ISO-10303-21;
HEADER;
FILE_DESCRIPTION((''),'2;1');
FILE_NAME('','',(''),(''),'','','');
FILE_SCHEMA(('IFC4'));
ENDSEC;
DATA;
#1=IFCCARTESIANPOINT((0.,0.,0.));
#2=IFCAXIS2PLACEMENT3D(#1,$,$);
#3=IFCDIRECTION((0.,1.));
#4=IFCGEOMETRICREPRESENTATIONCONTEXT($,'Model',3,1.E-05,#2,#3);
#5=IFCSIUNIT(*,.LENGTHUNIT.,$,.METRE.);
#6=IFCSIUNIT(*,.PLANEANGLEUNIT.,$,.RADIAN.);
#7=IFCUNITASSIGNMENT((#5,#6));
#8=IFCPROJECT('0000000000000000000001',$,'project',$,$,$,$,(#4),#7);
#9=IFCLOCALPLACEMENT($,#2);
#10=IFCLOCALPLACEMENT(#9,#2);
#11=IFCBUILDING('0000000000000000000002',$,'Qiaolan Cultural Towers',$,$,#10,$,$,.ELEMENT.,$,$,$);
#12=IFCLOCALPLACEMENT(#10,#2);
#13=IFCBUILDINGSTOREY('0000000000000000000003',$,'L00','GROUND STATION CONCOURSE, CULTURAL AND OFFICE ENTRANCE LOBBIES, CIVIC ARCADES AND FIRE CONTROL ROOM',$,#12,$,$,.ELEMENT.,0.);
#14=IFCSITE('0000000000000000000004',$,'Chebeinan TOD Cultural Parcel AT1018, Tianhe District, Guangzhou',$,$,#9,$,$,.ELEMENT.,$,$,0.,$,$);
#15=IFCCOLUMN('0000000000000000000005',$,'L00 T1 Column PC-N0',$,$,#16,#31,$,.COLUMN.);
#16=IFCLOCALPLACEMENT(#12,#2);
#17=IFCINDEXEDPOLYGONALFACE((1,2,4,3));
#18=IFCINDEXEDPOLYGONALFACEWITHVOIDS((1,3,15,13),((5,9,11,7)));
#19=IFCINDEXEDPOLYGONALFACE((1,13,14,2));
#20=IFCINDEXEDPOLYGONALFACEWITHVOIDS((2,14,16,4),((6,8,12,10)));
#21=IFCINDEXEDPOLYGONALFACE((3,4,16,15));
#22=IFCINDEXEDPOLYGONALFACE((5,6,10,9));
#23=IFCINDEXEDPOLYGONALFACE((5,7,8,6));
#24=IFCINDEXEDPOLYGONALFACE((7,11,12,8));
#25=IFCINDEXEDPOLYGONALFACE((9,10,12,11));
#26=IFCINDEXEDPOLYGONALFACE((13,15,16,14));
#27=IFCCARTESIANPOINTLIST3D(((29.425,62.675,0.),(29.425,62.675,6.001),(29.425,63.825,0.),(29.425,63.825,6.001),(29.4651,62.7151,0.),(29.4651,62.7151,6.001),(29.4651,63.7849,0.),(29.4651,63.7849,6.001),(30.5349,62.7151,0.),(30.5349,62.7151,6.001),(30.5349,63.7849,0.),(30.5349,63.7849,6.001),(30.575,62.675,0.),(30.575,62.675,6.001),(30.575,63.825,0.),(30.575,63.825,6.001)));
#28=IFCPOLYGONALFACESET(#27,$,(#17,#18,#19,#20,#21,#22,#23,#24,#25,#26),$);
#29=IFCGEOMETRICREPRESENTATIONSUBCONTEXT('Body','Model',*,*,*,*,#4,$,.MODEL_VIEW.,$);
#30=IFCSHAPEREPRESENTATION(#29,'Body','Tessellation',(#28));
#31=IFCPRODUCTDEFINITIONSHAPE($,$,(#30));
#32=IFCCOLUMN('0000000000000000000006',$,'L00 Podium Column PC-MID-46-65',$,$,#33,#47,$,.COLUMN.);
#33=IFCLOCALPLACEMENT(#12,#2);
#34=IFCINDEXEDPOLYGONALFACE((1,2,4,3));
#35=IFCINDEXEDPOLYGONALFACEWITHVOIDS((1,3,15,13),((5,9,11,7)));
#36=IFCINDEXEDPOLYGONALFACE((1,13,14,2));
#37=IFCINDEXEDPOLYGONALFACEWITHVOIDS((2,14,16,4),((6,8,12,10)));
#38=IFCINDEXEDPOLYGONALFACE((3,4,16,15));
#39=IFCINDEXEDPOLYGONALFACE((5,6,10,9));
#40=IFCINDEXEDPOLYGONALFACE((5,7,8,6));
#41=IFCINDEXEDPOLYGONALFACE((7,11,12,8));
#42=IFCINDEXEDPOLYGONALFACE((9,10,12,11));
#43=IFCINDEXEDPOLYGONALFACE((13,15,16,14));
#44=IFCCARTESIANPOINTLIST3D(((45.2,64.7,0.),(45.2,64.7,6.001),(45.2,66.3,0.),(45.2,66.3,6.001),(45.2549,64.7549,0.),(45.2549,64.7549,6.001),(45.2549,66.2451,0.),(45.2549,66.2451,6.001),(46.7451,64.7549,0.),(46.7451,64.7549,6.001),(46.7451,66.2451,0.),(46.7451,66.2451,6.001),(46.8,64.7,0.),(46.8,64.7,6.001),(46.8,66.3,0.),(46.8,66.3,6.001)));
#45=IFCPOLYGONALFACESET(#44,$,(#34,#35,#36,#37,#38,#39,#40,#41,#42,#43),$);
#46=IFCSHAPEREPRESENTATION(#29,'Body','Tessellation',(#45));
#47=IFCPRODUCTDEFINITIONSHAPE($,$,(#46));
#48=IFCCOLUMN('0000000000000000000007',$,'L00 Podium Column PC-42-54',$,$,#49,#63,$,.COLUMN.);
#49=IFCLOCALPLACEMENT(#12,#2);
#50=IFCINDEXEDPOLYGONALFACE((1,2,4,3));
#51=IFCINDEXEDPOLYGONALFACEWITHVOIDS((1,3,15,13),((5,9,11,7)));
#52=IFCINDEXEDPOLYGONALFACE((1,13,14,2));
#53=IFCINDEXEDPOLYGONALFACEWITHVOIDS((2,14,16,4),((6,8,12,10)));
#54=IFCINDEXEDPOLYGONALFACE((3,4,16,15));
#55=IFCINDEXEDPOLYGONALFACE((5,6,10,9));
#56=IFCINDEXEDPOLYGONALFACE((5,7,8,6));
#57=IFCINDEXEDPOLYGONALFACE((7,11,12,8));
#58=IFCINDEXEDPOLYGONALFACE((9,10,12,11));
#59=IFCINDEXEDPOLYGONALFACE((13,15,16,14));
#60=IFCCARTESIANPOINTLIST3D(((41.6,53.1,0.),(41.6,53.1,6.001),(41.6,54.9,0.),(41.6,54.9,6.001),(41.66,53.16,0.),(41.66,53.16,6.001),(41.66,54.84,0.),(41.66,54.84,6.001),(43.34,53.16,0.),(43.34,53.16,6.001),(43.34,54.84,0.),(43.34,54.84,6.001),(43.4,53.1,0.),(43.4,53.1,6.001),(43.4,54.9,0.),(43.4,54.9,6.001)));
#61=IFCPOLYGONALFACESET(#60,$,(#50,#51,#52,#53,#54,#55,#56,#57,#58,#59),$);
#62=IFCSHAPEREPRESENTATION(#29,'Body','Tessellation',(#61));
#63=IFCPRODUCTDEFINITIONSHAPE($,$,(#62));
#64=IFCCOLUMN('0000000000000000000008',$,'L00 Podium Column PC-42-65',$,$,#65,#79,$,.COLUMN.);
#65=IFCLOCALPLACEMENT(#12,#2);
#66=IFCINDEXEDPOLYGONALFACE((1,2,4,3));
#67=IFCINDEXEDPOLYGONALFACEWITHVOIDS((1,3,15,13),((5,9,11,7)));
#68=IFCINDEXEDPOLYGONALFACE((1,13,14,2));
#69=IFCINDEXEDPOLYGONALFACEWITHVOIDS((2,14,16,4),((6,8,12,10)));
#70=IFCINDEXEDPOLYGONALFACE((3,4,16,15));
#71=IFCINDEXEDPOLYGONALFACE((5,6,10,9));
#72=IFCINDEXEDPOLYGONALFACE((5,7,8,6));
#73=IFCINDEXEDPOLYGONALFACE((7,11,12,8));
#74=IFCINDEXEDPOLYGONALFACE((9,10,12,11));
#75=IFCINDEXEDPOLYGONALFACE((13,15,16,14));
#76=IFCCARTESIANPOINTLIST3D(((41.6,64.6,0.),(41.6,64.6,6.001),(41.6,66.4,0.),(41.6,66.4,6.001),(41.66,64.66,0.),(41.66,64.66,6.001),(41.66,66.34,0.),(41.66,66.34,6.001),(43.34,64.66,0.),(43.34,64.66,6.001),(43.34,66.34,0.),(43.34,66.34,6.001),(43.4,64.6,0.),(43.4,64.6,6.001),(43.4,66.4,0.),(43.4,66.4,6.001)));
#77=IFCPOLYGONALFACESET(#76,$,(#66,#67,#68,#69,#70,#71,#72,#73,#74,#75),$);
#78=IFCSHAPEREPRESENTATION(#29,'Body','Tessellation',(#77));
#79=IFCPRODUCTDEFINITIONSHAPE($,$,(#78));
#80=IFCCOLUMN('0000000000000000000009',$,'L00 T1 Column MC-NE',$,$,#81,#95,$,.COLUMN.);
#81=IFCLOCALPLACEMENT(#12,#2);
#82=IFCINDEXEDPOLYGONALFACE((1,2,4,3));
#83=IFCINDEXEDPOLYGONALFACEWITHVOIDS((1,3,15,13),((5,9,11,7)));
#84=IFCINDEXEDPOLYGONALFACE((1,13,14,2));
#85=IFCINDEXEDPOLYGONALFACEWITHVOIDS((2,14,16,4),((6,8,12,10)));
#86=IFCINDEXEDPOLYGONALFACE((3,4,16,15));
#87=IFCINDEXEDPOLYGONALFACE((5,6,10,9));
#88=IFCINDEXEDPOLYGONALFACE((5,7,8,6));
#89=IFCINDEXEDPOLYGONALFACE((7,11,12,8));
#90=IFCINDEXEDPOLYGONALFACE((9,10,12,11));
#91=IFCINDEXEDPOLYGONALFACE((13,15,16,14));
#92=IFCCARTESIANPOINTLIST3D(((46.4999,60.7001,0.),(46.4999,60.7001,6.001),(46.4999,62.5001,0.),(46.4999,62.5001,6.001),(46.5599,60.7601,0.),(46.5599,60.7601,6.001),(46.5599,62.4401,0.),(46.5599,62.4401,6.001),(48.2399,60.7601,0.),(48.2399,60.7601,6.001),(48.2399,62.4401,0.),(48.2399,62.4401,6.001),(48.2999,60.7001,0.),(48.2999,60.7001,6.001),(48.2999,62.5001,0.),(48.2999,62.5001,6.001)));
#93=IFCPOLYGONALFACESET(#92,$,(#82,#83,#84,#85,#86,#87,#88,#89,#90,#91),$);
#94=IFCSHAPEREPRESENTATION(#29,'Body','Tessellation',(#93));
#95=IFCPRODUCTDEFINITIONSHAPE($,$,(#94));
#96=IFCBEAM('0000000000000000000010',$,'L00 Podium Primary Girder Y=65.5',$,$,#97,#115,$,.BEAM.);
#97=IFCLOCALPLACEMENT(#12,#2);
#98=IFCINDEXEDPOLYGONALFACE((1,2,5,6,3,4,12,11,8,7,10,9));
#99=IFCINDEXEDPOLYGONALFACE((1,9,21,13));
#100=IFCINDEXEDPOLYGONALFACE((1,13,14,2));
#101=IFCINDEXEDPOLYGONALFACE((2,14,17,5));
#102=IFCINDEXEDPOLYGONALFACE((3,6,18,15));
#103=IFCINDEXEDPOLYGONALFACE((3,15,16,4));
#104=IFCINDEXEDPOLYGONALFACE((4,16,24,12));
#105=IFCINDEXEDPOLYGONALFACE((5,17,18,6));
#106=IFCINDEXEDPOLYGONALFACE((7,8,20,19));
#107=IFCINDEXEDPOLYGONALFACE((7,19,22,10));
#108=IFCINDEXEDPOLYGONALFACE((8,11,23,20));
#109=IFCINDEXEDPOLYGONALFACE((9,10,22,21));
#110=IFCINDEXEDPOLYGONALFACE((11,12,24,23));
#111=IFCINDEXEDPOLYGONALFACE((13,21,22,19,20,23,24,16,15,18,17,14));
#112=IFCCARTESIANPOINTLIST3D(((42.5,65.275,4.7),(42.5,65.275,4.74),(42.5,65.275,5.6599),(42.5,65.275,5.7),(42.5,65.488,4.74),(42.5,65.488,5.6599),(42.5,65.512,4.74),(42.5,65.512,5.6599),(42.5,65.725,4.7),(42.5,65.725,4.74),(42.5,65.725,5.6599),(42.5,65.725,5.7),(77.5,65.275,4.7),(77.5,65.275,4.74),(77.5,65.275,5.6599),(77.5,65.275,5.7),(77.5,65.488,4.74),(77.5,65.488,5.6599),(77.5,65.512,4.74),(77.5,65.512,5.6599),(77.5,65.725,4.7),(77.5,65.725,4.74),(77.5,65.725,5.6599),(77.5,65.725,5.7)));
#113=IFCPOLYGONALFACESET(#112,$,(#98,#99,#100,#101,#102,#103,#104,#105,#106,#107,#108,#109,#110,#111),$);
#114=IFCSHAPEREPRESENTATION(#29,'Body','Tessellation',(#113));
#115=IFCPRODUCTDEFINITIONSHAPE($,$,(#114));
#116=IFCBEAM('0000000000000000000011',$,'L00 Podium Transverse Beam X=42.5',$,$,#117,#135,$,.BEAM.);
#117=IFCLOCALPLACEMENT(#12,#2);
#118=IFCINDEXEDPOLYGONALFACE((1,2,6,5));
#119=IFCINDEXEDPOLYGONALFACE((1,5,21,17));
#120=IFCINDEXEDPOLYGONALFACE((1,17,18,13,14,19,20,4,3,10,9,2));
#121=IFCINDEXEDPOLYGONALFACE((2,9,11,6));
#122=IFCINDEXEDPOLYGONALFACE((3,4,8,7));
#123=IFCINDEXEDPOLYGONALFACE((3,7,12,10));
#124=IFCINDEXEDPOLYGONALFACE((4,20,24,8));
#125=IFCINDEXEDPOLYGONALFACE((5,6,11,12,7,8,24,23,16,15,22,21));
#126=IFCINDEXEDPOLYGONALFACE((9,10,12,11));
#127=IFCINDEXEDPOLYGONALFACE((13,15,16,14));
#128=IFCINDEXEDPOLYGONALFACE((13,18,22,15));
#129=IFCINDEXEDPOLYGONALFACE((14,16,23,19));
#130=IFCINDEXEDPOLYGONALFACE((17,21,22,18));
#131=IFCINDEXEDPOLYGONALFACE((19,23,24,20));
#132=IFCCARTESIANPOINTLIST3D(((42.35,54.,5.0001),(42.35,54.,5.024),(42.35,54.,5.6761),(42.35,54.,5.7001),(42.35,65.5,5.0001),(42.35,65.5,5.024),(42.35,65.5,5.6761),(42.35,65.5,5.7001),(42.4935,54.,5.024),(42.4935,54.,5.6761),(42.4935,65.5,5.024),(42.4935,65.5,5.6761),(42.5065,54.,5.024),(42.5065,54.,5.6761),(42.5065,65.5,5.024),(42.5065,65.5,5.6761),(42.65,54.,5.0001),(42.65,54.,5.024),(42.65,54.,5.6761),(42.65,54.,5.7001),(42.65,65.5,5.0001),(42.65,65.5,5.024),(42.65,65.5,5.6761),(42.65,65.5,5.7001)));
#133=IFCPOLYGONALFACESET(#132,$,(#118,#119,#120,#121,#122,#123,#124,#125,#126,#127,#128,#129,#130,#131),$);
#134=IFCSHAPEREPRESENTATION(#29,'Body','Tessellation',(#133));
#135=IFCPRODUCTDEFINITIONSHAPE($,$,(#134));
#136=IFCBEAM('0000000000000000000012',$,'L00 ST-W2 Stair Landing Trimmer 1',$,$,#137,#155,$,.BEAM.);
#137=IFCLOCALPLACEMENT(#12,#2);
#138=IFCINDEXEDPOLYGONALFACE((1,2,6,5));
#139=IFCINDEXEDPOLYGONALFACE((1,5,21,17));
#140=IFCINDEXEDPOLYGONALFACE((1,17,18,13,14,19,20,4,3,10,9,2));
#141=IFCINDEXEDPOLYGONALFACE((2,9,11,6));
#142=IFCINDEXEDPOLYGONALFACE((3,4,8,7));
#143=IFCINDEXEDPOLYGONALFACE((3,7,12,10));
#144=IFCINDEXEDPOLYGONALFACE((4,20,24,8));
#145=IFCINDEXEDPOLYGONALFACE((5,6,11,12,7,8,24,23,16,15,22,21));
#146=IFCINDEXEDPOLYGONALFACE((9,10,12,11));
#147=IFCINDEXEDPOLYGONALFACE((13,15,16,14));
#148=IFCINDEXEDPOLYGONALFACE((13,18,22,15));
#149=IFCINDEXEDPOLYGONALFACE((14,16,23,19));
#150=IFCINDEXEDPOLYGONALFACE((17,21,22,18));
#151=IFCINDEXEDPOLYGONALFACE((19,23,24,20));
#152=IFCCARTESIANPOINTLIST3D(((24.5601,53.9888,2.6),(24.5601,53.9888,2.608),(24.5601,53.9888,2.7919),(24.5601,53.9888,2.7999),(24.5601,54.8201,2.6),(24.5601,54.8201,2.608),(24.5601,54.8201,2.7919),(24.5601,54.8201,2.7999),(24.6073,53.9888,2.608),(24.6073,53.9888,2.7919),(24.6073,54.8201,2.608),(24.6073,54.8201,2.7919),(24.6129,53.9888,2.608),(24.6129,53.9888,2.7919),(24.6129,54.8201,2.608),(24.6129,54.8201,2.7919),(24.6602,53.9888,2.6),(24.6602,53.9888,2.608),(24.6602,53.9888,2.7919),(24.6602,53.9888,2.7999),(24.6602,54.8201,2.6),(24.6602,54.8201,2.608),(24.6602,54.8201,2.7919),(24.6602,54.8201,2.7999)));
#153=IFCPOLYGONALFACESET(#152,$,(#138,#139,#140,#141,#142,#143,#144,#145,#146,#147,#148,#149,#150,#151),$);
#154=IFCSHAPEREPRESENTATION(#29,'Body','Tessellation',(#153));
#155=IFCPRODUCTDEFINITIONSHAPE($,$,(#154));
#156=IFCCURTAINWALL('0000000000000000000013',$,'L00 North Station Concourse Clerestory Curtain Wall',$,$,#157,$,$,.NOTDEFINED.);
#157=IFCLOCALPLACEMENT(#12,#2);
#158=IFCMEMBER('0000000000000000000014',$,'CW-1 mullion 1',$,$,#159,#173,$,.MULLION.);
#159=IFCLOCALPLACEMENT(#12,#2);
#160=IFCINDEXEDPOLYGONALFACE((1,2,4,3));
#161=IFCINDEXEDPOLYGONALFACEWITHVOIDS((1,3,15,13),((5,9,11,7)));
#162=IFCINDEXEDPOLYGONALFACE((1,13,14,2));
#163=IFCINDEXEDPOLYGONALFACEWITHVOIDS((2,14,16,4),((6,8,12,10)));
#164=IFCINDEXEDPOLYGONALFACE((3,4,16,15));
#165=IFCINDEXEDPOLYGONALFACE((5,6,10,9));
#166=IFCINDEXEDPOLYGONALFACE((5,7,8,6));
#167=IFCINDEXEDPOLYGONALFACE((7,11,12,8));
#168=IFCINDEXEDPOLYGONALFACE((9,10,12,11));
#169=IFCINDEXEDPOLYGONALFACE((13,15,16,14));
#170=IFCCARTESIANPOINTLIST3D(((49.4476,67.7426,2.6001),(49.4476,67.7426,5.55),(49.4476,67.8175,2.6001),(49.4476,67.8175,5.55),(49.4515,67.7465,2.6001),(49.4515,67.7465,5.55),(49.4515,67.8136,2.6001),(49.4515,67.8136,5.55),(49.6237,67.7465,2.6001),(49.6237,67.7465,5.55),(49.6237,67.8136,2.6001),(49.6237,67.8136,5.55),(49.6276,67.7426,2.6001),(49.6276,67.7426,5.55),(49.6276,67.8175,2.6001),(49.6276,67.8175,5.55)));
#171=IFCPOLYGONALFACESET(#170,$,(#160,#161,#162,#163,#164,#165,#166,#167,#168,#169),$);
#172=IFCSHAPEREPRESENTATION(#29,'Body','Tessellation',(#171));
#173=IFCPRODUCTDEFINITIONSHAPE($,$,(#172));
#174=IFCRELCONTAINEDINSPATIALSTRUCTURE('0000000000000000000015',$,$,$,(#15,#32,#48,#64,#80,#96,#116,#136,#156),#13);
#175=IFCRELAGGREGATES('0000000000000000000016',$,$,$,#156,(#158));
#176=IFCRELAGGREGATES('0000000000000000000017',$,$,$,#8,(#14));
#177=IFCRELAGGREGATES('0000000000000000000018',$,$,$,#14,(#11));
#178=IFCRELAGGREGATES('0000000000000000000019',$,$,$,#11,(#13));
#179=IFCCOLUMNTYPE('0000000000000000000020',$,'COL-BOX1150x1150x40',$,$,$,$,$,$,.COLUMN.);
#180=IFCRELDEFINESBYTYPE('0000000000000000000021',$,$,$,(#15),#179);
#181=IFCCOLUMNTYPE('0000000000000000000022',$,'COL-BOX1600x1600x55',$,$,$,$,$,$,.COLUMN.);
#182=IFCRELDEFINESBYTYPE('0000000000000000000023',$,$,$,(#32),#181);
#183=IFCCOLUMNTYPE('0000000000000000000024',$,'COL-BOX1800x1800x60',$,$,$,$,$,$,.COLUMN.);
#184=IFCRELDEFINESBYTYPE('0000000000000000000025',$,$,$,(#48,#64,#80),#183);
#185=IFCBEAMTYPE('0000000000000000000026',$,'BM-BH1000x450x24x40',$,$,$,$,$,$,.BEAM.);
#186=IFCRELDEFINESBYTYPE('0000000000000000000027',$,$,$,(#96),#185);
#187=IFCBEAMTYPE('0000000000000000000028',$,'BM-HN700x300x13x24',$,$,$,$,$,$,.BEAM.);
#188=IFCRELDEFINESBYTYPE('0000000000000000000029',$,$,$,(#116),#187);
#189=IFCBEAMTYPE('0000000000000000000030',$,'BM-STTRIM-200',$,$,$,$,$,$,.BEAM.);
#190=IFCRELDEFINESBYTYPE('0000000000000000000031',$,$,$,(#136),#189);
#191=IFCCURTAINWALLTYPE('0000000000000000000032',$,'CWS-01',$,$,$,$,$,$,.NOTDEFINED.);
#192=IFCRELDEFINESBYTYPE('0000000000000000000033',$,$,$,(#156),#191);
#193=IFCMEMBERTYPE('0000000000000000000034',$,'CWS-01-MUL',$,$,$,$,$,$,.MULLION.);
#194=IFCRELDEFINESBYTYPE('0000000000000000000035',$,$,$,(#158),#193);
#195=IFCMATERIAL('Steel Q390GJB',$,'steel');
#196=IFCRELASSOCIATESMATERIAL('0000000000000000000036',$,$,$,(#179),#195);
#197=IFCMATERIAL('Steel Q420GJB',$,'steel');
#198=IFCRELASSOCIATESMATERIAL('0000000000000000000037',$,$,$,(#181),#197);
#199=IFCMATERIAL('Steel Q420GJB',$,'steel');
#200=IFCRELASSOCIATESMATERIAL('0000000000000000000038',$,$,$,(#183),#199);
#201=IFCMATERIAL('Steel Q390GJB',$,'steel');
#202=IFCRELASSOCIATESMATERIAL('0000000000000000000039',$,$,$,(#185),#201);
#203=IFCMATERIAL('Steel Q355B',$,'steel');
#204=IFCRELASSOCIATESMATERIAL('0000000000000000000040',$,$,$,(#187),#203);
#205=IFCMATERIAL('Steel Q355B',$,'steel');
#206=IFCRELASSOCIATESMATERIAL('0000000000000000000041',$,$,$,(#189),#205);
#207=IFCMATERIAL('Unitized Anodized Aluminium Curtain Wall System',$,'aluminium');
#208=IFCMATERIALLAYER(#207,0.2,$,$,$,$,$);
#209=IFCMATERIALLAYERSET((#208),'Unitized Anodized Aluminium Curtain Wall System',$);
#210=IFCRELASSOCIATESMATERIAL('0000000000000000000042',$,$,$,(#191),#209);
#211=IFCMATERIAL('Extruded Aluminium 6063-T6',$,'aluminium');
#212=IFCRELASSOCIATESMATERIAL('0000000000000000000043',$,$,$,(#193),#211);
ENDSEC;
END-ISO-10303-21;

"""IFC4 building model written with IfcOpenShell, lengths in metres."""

from ifc_helpers import new_model, si_unit, direction, frame, origin, origin_2d, place, context, subcontext, project, spatial, hollow_rectangle, i_section, extrude, material, layer, layer_set, material_profile, profile_set, type_object, element, aggregate, save


model = new_model("IFC4")

# Units and contexts
model_context = context("Model", 3, precision=1e-05, world=origin(), true_north=direction((0.0, 1.0)))
body_context = subcontext(model_context, "Body", "Model", "MODEL_VIEW")
ifc_project = project(units=[si_unit("LENGTHUNIT", "METRE"), si_unit("PLANEANGLEUNIT", "RADIAN")], contexts=[model_context])

# Site, building, storey
site_placement = place(None, origin())
site = spatial("IfcSite", under=ifc_project, at=site_placement, Name="Chebeinan TOD Cultural Parcel AT1018, Tianhe District, Guangzhou", CompositionType="ELEMENT", RefElevation=0.0)
building_placement = place(site_placement, origin())
building = spatial("IfcBuilding", under=site, at=building_placement, Name="Qiaolan Cultural Towers", CompositionType="ELEMENT")
storey_placement = place(building_placement, origin())
storey = spatial("IfcBuildingStorey", under=building, at=storey_placement, Name="L00", Description="GROUND STATION CONCOURSE, CULTURAL AND OFFICE ENTRANCE LOBBIES, CIVIC ARCADES AND FIRE CONTROL ROOM", CompositionType="ELEMENT", Elevation=0.0)

# Columns
ifc_material_1 = material(Name="Steel Q390GJB", Category="steel")
ifc_material_profile_1 = material_profile(ifc_material_1, hollow_rectangle(XDim=1.1499, YDim=1.1499, WallThickness=0.04, at=origin_2d()), Name="BOX1150x1150x40")
ifc_profile_set_1 = profile_set([ifc_material_profile_1], Name="Steel Q390GJB")
column_type_1 = type_object("IfcColumnType", Name="COL-BOX1150x1150x40", PredefinedType="COLUMN", material=ifc_profile_set_1)
column_1_placement = place(storey_placement, frame((30.0, 63.25, 0.0), z_axis=(0.0, 0.0, 1.0), x_axis=(1.0, 0.0, 0.0)))
element("IfcColumn", 1, at=column_1_placement, inside=storey, type_object=column_type_1, Name="L00 T1 Column PC-N0", PredefinedType="COLUMN", context=body_context, shape_type="SweptSolid", body=[
    extrude(hollow_rectangle(XDim=1.1499, YDim=1.1499, WallThickness=0.04, at=origin_2d()), origin(), (0.0, 0.0, 1.0), 6.001),
])
ifc_material_2 = material(Name="Steel Q420GJB", Category="steel")
ifc_material_profile_2 = material_profile(ifc_material_2, hollow_rectangle(XDim=1.6001, YDim=1.6001, WallThickness=0.0549, at=origin_2d()), Name="BOX1600x1600x55")
ifc_profile_set_2 = profile_set([ifc_material_profile_2], Name="Steel Q420GJB")
column_type_2 = type_object("IfcColumnType", Name="COL-BOX1600x1600x55", PredefinedType="COLUMN", material=ifc_profile_set_2)
column_2_placement = place(storey_placement, frame((46.0, 65.5, 0.0), z_axis=(0.0, 0.0, 1.0), x_axis=(1.0, 0.0, 0.0)))
element("IfcColumn", 2, at=column_2_placement, inside=storey, type_object=column_type_2, Name="L00 Podium Column PC-MID-46-65", PredefinedType="COLUMN", context=body_context, shape_type="SweptSolid", body=[
    extrude(hollow_rectangle(XDim=1.6001, YDim=1.6001, WallThickness=0.0549, at=origin_2d()), origin(), (0.0, 0.0, 1.0), 6.001),
])
ifc_material_3 = material(Name="Steel Q420GJB", Category="steel")
ifc_material_profile_3 = material_profile(ifc_material_3, hollow_rectangle(XDim=1.8, YDim=1.8, WallThickness=0.0601, at=origin_2d()), Name="BOX1800x1800x60")
ifc_profile_set_3 = profile_set([ifc_material_profile_3], Name="Steel Q420GJB")
column_type_3 = type_object("IfcColumnType", Name="COL-BOX1800x1800x60", PredefinedType="COLUMN", material=ifc_profile_set_3)
for number, where, z_axis, x_axis, name in (
    (3, (42.5, 54.0, 0.0), (0.0, 0.0, 1.0), (1.0, 0.0, 0.0), "L00 Podium Column PC-42-54"),
    (4, (42.5, 65.5, 0.0), (0.0, 0.0, 1.0), (1.0, 0.0, 0.0), "L00 Podium Column PC-42-65"),
    (5, (47.3999, 61.6001, 0.0), (0.0, 0.0, 1.0), (1.0, 0.0, 0.0), "L00 T1 Column MC-NE"),
):
    element("IfcColumn", number, at=place(storey_placement, frame(where, z_axis=z_axis, x_axis=x_axis)), inside=storey, type_object=column_type_3, Name=name, PredefinedType="COLUMN", context=body_context, shape_type="SweptSolid", body=[
        extrude(hollow_rectangle(XDim=1.8, YDim=1.8, WallThickness=0.0601, at=origin_2d()), origin(), (0.0, 0.0, 1.0), 6.001),
    ])

# Beams
ifc_material_4 = material(Name="Steel Q390GJB", Category="steel")
ifc_material_profile_4 = material_profile(ifc_material_4, i_section(OverallWidth=0.45, OverallDepth=1.0, WebThickness=0.0239, FlangeThickness=0.04, at=origin_2d()), Name="BH1000x450x24x40")
ifc_profile_set_4 = profile_set([ifc_material_profile_4], Name="Steel Q390GJB")
beam_type_1 = type_object("IfcBeamType", Name="BM-BH1000x450x24x40", PredefinedType="BEAM", material=ifc_profile_set_4)
beam_1_placement = place(storey_placement, frame((42.5, 65.5, 5.2), z_axis=(1.0, 0.0, 0.0), x_axis=(0.0, 1.0, 0.0)))
element("IfcBeam", 6, at=beam_1_placement, inside=storey, type_object=beam_type_1, Name="L00 Podium Primary Girder Y=65.5", PredefinedType="BEAM", context=body_context, shape_type="SweptSolid", body=[
    extrude(i_section(OverallWidth=0.45, OverallDepth=1.0, WebThickness=0.0239, FlangeThickness=0.04, at=origin_2d()), origin(), (0.0, 0.0, 1.0), 35.0),
])
ifc_material_5 = material(Name="Steel Q355B", Category="steel")
ifc_material_profile_5 = material_profile(ifc_material_5, i_section(OverallWidth=0.3, OverallDepth=0.7, WebThickness=0.0129, FlangeThickness=0.0239, at=origin_2d()), Name="HN700x300x13x24")
ifc_profile_set_5 = profile_set([ifc_material_profile_5], Name="Steel Q355B")
beam_type_2 = type_object("IfcBeamType", Name="BM-HN700x300x13x24", PredefinedType="BEAM", material=ifc_profile_set_5)
beam_2_placement = place(storey_placement, frame((42.5, 54.0, 5.3501), z_axis=(0.0, 1.0, 0.0), x_axis=(-1.0, 0.0, 0.0)))
element("IfcBeam", 7, at=beam_2_placement, inside=storey, type_object=beam_type_2, Name="L00 Podium Transverse Beam X=42.5", PredefinedType="BEAM", context=body_context, shape_type="SweptSolid", body=[
    extrude(i_section(OverallWidth=0.3, OverallDepth=0.7, WebThickness=0.0129, FlangeThickness=0.0239, at=origin_2d()), origin(), (0.0, 0.0, 1.0), 11.5),
])
ifc_material_6 = material(Name="Steel Q355B", Category="steel")
ifc_material_profile_6 = material_profile(ifc_material_6, i_section(OverallWidth=0.1001, OverallDepth=0.2, WebThickness=0.0056, FlangeThickness=0.0081, at=origin_2d()), Name="HN200x100x5.5x8")
ifc_profile_set_6 = profile_set([ifc_material_profile_6], Name="Steel Q355B")
beam_type_3 = type_object("IfcBeamType", Name="BM-STTRIM-200", PredefinedType="BEAM", material=ifc_profile_set_6)
beam_3_placement = place(storey_placement, frame((24.6101, 53.9888, 2.7), z_axis=(0.0, 1.0, 0.0), x_axis=(-1.0, 0.0, 0.0)))
element("IfcBeam", 8, at=beam_3_placement, inside=storey, type_object=beam_type_3, Name="L00 ST-W2 Stair Landing Trimmer 1", PredefinedType="BEAM", context=body_context, shape_type="SweptSolid", body=[
    extrude(i_section(OverallWidth=0.1001, OverallDepth=0.2, WebThickness=0.0056, FlangeThickness=0.0081, at=origin_2d()), origin(), (0.0, 0.0, 1.0), 0.8313),
])

# Curtain wall, member
ifc_material_7 = material(Name="Unitized Anodized Aluminium Curtain Wall System", Category="aluminium")
ifc_layer_1 = layer(ifc_material_7, 0.2)
ifc_layer_set_1 = layer_set([ifc_layer_1], Name="Unitized Anodized Aluminium Curtain Wall System")
curtain_wall_type = type_object("IfcCurtainWallType", Name="CWS-01", PredefinedType="NOTDEFINED", material=ifc_layer_set_1)
curtain_wall_placement = place(storey_placement, origin())
curtain_wall = element("IfcCurtainWall", 9, at=curtain_wall_placement, inside=storey, type_object=curtain_wall_type, Name="L00 North Station Concourse Clerestory Curtain Wall", PredefinedType="NOTDEFINED")
ifc_material_8 = material(Name="Extruded Aluminium 6063-T6", Category="aluminium")
ifc_material_profile_7 = material_profile(ifc_material_8, hollow_rectangle(XDim=0.075, YDim=0.1799, WallThickness=0.0039, at=origin_2d()), Name="CWM-180x75x4")
ifc_profile_set_7 = profile_set([ifc_material_profile_7], Name="Extruded Aluminium 6063-T6")
member_type_1 = type_object("IfcMemberType", Name="CWS-01-MUL", PredefinedType="MULLION", material=ifc_profile_set_7)
member_1_placement = place(storey_placement, frame((49.5376, 67.78, 2.6001), z_axis=(0.0, 0.0, 1.0), x_axis=(0.0, 1.0, 0.0)))
member_1 = element("IfcMember", 10, at=member_1_placement, type_object=member_type_1, Name="CW-1 mullion 1", PredefinedType="MULLION", context=body_context, shape_type="SweptSolid", body=[
    extrude(hollow_rectangle(XDim=0.075, YDim=0.1799, WallThickness=0.0039, at=origin_2d()), origin(), (0.0, 0.0, 1.0), 2.95),
])
aggregate(curtain_wall, [member_1])

save(model, "model.ifc")
